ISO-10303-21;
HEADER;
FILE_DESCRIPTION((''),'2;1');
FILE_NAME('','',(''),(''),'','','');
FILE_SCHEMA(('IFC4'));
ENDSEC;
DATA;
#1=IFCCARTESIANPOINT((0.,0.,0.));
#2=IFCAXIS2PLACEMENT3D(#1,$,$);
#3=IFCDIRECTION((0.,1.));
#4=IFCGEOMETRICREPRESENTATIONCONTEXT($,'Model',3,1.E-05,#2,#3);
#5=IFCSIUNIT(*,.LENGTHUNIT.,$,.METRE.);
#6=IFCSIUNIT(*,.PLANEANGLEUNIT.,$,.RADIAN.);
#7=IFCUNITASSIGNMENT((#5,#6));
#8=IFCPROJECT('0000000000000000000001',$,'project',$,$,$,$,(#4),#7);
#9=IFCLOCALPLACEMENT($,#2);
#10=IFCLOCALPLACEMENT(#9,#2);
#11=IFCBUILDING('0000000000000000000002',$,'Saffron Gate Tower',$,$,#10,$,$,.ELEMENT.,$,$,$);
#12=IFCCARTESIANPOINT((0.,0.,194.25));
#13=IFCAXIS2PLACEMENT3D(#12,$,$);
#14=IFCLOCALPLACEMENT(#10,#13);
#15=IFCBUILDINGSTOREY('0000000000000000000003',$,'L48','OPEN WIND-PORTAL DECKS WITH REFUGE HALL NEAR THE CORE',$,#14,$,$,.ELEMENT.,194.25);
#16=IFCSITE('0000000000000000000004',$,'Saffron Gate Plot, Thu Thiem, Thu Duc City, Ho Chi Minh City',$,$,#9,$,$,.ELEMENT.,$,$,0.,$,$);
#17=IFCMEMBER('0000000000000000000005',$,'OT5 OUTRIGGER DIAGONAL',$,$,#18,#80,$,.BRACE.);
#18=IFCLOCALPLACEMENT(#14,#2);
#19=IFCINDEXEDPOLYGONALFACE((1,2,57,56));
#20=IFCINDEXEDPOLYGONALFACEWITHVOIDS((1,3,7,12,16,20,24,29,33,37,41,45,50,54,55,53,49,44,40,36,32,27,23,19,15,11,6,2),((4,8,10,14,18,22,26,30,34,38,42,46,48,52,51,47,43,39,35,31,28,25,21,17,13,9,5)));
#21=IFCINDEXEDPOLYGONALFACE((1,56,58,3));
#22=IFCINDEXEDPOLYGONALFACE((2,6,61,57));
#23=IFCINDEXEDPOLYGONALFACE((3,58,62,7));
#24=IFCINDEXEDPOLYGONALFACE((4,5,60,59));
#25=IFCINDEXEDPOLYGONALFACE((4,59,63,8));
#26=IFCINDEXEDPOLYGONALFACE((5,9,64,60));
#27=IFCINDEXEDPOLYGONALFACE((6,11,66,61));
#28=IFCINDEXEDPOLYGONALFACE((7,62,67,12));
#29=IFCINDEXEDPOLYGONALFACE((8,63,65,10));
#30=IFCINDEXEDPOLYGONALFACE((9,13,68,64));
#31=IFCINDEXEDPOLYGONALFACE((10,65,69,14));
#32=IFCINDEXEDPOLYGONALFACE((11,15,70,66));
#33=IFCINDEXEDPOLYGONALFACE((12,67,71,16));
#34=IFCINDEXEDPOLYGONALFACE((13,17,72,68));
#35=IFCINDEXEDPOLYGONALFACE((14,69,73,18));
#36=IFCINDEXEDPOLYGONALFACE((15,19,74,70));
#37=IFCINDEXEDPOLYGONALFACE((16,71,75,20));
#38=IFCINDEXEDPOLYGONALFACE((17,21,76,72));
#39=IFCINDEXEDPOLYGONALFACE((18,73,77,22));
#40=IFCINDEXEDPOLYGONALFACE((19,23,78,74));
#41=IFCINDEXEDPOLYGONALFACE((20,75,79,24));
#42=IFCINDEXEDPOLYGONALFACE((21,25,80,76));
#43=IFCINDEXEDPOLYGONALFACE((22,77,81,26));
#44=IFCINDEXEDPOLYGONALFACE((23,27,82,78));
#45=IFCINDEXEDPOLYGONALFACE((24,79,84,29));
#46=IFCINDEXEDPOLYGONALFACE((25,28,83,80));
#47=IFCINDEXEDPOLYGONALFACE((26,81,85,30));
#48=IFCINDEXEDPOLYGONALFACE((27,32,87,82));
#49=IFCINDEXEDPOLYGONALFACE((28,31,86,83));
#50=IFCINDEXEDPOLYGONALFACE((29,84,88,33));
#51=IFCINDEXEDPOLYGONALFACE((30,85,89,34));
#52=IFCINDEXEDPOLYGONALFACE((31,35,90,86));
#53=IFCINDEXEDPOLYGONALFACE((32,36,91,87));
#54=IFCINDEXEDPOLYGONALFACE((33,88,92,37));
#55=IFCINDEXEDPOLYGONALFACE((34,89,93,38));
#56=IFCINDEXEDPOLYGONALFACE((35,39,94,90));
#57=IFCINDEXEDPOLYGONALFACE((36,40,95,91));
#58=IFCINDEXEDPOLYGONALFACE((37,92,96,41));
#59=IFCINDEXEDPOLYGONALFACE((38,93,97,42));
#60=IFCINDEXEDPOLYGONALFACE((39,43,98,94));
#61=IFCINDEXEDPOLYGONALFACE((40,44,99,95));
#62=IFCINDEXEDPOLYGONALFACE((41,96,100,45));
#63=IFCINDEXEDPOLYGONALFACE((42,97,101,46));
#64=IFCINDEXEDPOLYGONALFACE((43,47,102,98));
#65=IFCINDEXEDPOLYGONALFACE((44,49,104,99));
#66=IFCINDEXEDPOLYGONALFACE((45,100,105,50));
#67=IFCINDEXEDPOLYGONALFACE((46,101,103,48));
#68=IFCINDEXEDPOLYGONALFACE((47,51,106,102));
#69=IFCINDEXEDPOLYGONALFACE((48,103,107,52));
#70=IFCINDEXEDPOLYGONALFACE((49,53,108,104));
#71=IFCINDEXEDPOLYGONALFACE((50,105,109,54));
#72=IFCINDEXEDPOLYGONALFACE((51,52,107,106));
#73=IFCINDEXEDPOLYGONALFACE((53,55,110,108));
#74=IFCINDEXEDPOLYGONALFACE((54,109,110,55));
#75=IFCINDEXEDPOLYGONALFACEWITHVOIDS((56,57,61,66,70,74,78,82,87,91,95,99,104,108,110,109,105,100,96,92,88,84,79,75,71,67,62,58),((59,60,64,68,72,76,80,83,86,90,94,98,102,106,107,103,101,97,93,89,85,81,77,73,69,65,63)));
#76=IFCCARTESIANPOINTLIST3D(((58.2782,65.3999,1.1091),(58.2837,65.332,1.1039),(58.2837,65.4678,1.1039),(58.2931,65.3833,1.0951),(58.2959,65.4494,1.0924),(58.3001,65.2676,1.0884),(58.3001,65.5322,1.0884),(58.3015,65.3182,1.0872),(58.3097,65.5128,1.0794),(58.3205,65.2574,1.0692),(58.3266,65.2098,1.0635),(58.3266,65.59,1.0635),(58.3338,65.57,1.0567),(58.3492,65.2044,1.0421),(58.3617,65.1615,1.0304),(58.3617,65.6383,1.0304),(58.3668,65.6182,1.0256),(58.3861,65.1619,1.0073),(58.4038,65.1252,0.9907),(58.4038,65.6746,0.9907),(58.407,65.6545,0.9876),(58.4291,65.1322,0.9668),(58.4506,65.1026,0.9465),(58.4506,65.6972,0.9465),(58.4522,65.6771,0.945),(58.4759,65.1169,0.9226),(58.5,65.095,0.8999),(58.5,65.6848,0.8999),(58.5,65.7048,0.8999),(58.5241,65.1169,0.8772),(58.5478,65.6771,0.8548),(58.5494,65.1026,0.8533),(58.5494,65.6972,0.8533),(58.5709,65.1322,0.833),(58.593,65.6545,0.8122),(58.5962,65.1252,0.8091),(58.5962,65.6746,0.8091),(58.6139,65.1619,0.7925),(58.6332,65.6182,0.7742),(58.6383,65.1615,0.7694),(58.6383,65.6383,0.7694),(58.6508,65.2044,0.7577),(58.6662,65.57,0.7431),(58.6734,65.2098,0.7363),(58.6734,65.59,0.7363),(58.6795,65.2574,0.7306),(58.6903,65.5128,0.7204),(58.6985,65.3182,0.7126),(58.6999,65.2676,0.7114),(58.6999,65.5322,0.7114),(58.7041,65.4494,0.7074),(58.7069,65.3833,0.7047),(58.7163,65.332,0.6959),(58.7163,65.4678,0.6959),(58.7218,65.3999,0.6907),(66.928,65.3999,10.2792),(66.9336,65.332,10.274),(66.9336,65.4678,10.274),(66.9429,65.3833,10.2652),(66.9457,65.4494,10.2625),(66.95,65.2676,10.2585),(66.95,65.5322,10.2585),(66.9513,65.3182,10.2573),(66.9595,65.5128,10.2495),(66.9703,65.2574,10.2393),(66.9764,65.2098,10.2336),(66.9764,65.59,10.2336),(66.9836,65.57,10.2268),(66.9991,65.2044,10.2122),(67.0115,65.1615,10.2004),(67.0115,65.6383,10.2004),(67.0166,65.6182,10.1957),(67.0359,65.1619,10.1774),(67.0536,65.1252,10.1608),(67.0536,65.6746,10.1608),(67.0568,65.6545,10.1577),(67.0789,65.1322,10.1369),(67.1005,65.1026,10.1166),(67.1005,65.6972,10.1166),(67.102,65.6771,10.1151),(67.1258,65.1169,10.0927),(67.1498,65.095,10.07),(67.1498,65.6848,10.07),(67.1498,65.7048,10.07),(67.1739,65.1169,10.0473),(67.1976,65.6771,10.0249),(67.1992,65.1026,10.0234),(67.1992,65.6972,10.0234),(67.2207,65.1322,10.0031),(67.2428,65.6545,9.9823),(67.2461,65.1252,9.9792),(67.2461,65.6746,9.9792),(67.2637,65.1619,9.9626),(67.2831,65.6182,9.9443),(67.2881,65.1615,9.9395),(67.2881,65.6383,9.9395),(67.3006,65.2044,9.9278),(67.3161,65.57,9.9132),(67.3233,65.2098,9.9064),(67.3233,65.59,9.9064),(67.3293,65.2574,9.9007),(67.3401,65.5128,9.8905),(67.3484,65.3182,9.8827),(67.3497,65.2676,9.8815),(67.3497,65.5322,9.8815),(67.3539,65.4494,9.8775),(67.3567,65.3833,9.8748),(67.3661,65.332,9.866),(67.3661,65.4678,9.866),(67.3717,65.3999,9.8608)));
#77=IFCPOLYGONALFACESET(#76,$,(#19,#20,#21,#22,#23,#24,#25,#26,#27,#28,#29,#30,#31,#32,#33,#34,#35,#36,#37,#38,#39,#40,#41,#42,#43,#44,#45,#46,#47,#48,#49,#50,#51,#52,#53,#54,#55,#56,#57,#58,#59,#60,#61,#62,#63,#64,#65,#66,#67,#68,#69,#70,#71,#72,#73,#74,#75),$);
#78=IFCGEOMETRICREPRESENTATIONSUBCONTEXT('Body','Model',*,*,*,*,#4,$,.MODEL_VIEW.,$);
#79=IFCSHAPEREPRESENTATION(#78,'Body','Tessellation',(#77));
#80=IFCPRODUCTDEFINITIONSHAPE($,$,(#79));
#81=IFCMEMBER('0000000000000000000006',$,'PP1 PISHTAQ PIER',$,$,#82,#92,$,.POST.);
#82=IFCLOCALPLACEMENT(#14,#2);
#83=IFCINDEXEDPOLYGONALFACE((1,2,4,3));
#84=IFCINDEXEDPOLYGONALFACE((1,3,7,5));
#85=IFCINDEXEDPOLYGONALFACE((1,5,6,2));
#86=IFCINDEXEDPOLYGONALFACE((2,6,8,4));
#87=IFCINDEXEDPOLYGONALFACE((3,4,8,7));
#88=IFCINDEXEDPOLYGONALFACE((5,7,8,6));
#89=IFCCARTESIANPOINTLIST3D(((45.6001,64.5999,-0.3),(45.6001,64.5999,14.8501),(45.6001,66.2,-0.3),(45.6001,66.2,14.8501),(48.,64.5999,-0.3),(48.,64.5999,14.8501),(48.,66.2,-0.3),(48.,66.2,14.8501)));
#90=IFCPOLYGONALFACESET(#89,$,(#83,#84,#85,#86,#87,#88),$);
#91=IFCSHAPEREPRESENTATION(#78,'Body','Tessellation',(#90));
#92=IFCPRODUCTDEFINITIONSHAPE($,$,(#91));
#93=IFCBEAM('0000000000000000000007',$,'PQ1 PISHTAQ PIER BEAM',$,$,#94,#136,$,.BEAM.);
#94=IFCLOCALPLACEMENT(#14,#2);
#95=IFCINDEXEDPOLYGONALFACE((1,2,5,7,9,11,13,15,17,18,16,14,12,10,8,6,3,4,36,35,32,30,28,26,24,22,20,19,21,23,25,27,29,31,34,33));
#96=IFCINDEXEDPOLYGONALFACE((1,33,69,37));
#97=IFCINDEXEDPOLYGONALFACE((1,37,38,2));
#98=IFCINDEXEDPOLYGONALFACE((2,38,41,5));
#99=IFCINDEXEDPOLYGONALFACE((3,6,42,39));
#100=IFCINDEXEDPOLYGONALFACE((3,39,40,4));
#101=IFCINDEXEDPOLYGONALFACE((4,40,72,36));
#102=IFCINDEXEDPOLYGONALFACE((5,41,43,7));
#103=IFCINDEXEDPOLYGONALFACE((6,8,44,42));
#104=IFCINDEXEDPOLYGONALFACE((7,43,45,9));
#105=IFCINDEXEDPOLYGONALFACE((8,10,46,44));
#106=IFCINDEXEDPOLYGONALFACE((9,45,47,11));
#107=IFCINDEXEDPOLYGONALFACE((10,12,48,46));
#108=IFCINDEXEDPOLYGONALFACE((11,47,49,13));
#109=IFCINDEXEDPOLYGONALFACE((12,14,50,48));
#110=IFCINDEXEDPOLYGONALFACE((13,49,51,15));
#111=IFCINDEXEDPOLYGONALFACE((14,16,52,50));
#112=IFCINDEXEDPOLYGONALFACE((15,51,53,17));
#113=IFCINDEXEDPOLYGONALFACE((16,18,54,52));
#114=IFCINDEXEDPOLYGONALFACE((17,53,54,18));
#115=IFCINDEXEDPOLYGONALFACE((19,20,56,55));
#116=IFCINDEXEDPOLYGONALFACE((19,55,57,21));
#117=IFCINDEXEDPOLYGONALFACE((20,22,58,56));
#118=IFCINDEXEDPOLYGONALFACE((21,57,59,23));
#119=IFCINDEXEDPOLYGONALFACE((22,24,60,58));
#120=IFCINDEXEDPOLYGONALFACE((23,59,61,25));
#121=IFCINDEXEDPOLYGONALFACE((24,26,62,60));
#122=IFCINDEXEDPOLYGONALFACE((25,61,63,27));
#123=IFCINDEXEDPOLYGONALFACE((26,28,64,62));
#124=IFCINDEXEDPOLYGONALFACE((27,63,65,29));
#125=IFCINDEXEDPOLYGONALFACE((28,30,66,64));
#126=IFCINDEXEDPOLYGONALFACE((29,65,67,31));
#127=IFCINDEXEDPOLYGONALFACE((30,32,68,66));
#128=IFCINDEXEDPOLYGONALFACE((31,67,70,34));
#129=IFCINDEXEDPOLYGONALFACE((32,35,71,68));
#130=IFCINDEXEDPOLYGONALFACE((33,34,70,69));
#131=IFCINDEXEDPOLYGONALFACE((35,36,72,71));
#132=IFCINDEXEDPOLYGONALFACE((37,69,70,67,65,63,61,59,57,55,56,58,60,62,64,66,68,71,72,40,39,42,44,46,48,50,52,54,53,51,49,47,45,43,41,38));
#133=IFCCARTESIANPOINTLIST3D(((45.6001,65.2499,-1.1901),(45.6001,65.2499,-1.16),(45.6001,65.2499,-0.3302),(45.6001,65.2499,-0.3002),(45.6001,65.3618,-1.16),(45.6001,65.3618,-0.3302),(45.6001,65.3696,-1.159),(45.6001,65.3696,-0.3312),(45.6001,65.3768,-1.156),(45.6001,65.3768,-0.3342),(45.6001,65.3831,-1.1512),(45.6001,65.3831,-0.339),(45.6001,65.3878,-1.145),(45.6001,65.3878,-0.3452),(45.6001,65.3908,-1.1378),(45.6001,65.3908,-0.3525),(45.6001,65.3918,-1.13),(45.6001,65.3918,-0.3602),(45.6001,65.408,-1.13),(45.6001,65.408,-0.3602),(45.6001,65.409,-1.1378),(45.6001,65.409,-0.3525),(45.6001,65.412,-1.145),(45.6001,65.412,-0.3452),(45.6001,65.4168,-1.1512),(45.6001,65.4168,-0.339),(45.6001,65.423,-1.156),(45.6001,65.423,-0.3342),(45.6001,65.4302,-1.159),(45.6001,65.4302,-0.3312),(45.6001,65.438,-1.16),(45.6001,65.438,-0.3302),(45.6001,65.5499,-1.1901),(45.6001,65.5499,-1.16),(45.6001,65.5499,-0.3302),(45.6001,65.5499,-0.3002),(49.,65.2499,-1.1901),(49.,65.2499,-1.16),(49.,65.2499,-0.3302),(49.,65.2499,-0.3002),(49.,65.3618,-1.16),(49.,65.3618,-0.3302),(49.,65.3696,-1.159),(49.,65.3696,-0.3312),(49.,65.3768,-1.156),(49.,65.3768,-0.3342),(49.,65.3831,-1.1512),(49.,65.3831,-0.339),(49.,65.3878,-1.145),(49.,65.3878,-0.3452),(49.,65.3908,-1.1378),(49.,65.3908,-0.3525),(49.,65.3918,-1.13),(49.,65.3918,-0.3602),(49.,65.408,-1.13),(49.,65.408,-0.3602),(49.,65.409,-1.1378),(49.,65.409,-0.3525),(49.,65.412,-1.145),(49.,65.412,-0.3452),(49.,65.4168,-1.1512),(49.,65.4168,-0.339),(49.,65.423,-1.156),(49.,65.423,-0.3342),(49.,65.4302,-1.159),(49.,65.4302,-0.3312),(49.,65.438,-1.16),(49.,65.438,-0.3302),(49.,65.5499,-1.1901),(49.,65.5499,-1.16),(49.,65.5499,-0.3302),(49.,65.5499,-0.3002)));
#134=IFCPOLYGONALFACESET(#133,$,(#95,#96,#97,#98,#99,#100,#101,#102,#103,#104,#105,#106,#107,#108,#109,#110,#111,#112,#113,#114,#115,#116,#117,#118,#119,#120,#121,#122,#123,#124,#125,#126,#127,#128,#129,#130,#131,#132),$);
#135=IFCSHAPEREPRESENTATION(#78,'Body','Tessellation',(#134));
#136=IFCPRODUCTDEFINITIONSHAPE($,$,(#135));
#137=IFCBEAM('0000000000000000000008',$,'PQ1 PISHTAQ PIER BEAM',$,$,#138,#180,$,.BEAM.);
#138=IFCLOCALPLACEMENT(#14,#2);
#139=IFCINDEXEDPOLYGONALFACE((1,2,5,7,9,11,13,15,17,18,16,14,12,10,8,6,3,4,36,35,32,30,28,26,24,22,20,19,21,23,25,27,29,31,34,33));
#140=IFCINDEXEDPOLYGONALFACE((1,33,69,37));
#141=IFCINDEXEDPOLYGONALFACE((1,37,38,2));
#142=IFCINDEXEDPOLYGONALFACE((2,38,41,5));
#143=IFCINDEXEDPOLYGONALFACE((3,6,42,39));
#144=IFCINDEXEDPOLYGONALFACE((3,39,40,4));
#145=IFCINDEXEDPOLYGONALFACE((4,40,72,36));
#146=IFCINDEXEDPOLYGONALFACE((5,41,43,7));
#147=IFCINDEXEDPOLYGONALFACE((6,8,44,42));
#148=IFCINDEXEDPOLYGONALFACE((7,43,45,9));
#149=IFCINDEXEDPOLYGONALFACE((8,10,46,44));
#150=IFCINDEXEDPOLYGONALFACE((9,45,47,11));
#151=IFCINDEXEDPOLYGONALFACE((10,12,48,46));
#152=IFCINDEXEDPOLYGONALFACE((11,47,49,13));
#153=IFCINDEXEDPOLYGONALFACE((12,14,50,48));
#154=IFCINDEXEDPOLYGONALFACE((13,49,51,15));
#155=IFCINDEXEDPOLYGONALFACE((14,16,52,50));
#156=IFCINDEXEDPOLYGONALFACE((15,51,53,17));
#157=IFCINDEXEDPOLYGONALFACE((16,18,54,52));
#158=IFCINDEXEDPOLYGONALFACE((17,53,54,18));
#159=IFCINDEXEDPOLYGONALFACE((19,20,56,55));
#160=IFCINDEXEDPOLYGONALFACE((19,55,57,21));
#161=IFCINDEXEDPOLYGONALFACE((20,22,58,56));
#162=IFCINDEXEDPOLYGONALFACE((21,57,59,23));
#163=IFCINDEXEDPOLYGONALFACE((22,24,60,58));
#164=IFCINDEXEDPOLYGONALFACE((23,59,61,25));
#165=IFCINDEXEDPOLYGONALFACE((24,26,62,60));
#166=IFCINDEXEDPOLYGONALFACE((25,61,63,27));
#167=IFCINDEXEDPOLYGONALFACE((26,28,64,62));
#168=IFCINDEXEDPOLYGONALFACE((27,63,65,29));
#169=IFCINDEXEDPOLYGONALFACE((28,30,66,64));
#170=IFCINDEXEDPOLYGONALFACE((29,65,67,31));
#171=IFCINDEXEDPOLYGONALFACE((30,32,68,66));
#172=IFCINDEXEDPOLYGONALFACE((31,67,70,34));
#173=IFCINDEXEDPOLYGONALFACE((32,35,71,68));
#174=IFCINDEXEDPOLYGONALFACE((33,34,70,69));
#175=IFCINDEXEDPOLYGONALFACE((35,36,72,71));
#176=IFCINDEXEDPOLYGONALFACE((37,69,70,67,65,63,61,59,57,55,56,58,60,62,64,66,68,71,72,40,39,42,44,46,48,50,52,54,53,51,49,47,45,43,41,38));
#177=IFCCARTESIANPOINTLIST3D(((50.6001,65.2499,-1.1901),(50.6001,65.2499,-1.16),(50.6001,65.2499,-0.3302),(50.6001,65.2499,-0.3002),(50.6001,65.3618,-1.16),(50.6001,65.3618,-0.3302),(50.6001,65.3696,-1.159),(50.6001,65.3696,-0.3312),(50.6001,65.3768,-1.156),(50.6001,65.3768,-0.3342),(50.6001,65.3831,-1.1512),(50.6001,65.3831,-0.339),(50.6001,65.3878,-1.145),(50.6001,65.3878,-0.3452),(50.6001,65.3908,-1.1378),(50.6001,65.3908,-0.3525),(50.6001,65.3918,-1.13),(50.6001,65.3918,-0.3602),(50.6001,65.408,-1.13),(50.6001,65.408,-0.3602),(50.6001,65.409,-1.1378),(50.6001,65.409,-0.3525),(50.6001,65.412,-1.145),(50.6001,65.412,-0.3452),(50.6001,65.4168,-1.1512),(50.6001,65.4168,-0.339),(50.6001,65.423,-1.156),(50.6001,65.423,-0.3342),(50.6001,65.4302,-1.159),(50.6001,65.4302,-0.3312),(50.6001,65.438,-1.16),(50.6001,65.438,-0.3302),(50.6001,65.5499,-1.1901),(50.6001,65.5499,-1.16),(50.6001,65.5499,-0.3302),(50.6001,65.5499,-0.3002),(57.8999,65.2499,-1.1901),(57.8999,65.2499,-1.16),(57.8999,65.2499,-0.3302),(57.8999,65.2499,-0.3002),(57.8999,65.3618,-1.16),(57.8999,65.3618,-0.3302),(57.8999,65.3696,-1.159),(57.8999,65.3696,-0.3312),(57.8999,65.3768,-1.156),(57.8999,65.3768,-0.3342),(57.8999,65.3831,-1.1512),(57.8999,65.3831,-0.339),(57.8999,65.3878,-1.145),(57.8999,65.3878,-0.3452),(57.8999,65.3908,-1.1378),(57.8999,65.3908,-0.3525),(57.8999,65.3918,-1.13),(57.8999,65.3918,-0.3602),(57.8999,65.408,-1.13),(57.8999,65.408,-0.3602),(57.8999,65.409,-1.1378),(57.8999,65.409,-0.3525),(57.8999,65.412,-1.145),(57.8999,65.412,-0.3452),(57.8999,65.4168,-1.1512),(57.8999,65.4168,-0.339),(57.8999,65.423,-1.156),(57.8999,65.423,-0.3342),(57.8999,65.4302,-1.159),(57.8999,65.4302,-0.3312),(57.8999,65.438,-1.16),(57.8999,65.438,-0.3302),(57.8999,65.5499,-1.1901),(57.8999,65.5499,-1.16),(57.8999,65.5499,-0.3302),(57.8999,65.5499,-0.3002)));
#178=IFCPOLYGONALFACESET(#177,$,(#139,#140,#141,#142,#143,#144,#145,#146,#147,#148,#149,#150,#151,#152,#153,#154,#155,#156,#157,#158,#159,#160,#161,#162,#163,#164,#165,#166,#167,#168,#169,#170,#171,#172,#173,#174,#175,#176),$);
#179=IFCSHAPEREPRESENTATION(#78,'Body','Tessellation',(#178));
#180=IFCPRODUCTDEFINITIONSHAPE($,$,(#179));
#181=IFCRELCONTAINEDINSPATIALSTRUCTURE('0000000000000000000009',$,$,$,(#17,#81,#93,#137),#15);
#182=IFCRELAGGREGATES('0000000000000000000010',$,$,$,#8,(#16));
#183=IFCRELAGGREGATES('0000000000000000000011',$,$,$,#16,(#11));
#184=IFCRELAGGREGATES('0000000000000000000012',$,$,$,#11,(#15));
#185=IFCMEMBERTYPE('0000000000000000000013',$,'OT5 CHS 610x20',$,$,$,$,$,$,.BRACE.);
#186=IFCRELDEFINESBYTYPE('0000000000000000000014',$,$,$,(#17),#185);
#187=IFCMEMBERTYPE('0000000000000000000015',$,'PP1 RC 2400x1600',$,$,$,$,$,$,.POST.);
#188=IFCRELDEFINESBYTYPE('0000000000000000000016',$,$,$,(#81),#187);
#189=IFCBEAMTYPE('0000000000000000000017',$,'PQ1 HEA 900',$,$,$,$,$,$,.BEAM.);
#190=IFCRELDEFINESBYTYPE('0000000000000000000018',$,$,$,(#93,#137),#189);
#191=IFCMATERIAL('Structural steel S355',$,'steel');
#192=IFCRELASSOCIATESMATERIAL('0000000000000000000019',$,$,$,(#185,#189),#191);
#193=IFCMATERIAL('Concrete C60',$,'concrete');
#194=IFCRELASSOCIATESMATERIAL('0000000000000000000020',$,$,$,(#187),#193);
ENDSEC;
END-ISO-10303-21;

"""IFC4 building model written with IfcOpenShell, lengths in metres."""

from ifc_helpers import new_model, si_unit, direction, frame, origin, origin_2d, place, context, subcontext, project, spatial, rectangle, hollow_circle, i_section, extrude, material, material_profile, profile_set, type_object, element, save


model = new_model("IFC4")

# Units and contexts
model_context = context("Model", 3, precision=1e-05, world=origin(), true_north=direction((0.0, 1.0)))
body_context = subcontext(model_context, "Body", "Model", "MODEL_VIEW")
ifc_project = project(units=[si_unit("LENGTHUNIT", "METRE"), si_unit("PLANEANGLEUNIT", "RADIAN")], contexts=[model_context])

# Site, building, storey
site_placement = place(None, origin())
site = spatial("IfcSite", under=ifc_project, at=site_placement, Name="Saffron Gate Plot, Thu Thiem, Thu Duc City, Ho Chi Minh City", CompositionType="ELEMENT", RefElevation=0.0)
building_placement = place(site_placement, origin())
building = spatial("IfcBuilding", under=site, at=building_placement, Name="Saffron Gate Tower", CompositionType="ELEMENT")
storey_placement = place(building_placement, frame((0.0, 0.0, 194.25)))
storey = spatial("IfcBuildingStorey", under=building, at=storey_placement, Name="L48", Description="OPEN WIND-PORTAL DECKS WITH REFUGE HALL NEAR THE CORE", CompositionType="ELEMENT", Elevation=194.25)

# Members
ifc_material_1 = material(Name="Structural steel S355", Category="steel")
ifc_material_profile_1 = material_profile(ifc_material_1, hollow_circle(Radius=0.3049, WallThickness=0.02, at=origin_2d()))
ifc_profile_set_1 = profile_set([ifc_material_profile_1], Name="Structural steel S355")
member_type_1 = type_object("IfcMemberType", Name="OT5 CHS 610x20", PredefinedType="BRACE", material=ifc_profile_set_1)
member_1_placement = place(storey_placement, frame((58.5, 65.3999, 0.8999), z_axis=(0.68617, 0.0, 0.727441), x_axis=(0.0, 1.0, 0.0)))
element("IfcMember", 1, at=member_1_placement, inside=storey, type_object=member_type_1, Name="OT5 OUTRIGGER DIAGONAL", PredefinedType="BRACE", context=body_context, shape_type="SweptSolid", body=[
    extrude(hollow_circle(Radius=0.3049, WallThickness=0.02, at=origin_2d()), origin(), (0.0, 0.0, 1.0), 12.606),
])
ifc_material_2 = material(Name="Concrete C60", Category="concrete")
ifc_material_profile_2 = material_profile(ifc_material_2, rectangle(XDim=2.3999, YDim=1.6001, at=origin_2d()))
ifc_profile_set_2 = profile_set([ifc_material_profile_2], Name="Concrete C60")
member_type_2 = type_object("IfcMemberType", Name="PP1 RC 2400x1600", PredefinedType="POST", material=ifc_profile_set_2)
member_2_placement = place(storey_placement, frame((46.8, 65.3999, -0.3), z_axis=(0.0, 0.0, 1.0), x_axis=(1.0, 0.0, 0.0)))
element("IfcMember", 2, at=member_2_placement, inside=storey, type_object=member_type_2, Name="PP1 PISHTAQ PIER", PredefinedType="POST", context=body_context, shape_type="SweptSolid", body=[
    extrude(rectangle(XDim=2.3999, YDim=1.6001, at=origin_2d()), origin(), (0.0, 0.0, 1.0), 15.1501),
])

# Beams
ifc_material_profile_3 = material_profile(ifc_material_1, i_section(OverallWidth=0.3, OverallDepth=0.8899, WebThickness=0.0161, FlangeThickness=0.03, FilletRadius=0.03, at=origin_2d()))
ifc_profile_set_3 = profile_set([ifc_material_profile_3], Name="Structural steel S355")
beam_type = type_object("IfcBeamType", Name="PQ1 HEA 900", PredefinedType="BEAM", material=ifc_profile_set_3)
beam_1_placement = place(storey_placement, frame((45.6001, 65.3999, -0.7451), z_axis=(1.0, 0.0, 0.0), x_axis=(0.0, 1.0, 0.0)))
element("IfcBeam", 3, at=beam_1_placement, inside=storey, type_object=beam_type, Name="PQ1 PISHTAQ PIER BEAM", PredefinedType="BEAM", context=body_context, shape_type="SweptSolid", body=[
    extrude(i_section(OverallWidth=0.3, OverallDepth=0.8899, WebThickness=0.0161, FlangeThickness=0.03, FilletRadius=0.03, at=origin_2d()), origin(), (0.0, 0.0, 1.0), 3.3999),
])
beam_2_placement = place(storey_placement, frame((50.6001, 65.3999, -0.7451), z_axis=(1.0, 0.0, 0.0), x_axis=(0.0, 1.0, 0.0)))
element("IfcBeam", 4, at=beam_2_placement, inside=storey, type_object=beam_type, Name="PQ1 PISHTAQ PIER BEAM", PredefinedType="BEAM", context=body_context, shape_type="SweptSolid", body=[
    extrude(i_section(OverallWidth=0.3, OverallDepth=0.8899, WebThickness=0.0161, FlangeThickness=0.03, FilletRadius=0.03, at=origin_2d()), origin(), (0.0, 0.0, 1.0), 7.2998),
])

save(model, "model.ifc")
